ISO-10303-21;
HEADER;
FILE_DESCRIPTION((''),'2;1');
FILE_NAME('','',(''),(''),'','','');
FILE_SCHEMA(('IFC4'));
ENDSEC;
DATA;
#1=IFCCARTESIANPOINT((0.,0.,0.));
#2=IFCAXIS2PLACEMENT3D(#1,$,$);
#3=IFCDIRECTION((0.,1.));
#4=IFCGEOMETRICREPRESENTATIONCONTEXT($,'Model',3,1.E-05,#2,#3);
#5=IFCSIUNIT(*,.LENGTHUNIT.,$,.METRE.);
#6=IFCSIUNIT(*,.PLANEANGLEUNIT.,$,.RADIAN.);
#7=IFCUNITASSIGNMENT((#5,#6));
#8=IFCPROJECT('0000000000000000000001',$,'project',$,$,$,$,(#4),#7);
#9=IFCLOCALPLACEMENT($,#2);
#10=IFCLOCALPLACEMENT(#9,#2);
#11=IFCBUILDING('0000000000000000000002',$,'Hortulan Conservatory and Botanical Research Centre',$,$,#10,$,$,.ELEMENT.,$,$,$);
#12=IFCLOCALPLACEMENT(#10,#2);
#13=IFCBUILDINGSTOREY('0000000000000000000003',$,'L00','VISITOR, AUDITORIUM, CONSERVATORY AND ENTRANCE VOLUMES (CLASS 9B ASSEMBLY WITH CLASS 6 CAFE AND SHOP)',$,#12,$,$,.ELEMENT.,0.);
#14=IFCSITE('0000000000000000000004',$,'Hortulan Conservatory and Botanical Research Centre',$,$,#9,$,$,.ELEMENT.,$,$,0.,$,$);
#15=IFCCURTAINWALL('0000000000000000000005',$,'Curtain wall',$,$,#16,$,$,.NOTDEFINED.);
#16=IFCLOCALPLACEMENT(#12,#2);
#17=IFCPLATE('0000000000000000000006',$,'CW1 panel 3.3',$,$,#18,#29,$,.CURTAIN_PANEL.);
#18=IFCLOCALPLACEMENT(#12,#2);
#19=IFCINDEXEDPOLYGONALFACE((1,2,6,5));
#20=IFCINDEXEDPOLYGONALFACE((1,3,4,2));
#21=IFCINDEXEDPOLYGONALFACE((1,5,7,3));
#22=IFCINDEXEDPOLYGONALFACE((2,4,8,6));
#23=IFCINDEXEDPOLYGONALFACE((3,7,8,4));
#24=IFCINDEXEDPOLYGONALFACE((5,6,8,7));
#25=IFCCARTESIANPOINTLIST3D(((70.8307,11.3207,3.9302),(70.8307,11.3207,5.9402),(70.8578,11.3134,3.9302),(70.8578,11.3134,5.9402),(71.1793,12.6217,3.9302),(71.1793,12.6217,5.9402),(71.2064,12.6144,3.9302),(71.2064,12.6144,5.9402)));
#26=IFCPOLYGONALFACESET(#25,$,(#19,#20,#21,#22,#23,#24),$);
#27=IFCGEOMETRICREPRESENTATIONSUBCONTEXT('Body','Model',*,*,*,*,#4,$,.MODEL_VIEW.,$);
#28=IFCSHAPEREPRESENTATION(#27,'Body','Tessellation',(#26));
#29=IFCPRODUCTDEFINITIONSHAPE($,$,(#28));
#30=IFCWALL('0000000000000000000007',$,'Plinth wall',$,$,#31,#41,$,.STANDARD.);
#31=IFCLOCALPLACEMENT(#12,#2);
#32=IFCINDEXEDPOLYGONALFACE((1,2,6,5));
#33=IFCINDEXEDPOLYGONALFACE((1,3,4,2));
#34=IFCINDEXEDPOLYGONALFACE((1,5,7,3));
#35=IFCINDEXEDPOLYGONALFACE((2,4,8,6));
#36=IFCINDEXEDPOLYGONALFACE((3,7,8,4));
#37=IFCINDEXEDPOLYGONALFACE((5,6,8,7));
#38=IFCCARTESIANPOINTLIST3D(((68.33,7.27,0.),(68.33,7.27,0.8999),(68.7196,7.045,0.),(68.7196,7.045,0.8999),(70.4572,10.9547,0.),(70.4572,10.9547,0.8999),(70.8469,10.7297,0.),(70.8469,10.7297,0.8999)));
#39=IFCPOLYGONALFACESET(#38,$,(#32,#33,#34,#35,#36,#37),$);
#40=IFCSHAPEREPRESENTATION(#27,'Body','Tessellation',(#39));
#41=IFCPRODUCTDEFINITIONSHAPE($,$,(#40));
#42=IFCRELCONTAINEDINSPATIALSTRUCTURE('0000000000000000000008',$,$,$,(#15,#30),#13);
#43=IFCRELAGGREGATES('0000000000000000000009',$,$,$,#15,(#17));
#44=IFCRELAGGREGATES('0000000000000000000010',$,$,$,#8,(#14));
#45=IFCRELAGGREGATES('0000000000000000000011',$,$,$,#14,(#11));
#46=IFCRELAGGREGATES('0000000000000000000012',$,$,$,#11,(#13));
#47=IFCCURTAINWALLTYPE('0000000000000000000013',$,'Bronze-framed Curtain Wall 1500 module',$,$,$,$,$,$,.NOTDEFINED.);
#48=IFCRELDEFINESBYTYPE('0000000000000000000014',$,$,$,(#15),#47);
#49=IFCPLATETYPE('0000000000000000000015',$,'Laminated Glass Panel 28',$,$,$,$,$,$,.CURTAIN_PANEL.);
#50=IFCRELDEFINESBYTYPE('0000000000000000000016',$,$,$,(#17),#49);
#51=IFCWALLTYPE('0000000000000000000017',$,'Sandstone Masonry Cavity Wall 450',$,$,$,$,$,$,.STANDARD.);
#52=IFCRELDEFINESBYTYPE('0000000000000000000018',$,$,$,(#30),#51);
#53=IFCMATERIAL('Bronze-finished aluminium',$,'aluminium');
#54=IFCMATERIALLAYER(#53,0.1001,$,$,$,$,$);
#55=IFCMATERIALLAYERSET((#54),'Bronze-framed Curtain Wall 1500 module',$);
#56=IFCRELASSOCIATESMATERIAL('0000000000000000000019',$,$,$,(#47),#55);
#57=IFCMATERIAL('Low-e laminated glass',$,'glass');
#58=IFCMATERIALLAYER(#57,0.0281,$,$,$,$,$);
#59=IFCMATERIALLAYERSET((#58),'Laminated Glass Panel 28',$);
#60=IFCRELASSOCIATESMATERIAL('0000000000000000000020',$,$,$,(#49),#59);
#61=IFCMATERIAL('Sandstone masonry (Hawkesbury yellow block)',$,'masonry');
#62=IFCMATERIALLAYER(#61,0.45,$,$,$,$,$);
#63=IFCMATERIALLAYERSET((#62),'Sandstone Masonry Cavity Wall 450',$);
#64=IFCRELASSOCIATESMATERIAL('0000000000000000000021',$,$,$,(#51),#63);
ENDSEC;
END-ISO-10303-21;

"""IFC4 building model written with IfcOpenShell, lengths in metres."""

from ifc_helpers import new_model, si_unit, direction, frame, frame_2d, origin, origin_2d, place, context, subcontext, project, spatial, rectangle, extrude, material, layer, layer_set, type_object, element, aggregate, save


model = new_model("IFC4")

# Units and contexts
model_context = context("Model", 3, precision=1e-05, world=origin(), true_north=direction((0.0, 1.0)))
body_context = subcontext(model_context, "Body", "Model", "MODEL_VIEW")
ifc_project = project(units=[si_unit("LENGTHUNIT", "METRE"), si_unit("PLANEANGLEUNIT", "RADIAN")], contexts=[model_context])

# Site, building, storey
site_placement = place(None, origin())
site = spatial("IfcSite", under=ifc_project, at=site_placement, Name="Hortulan Conservatory and Botanical Research Centre", CompositionType="ELEMENT", RefElevation=0.0)
building_placement = place(site_placement, origin())
building = spatial("IfcBuilding", under=site, at=building_placement, Name="Hortulan Conservatory and Botanical Research Centre", CompositionType="ELEMENT")
storey_placement = place(building_placement, origin())
storey = spatial("IfcBuildingStorey", under=building, at=storey_placement, Name="L00", Description="VISITOR, AUDITORIUM, CONSERVATORY AND ENTRANCE VOLUMES (CLASS 9B ASSEMBLY WITH CLASS 6 CAFE AND SHOP)", CompositionType="ELEMENT", Elevation=0.0)

# Shared definitions
ifc_material_1 = material(Name="Bronze-finished aluminium", Category="aluminium")
ifc_layer_1 = layer(ifc_material_1, 0.1001)
ifc_layer_set_1 = layer_set([ifc_layer_1], Name="Bronze-framed Curtain Wall 1500 module")
curtain_wall_type = type_object("IfcCurtainWallType", Name="Bronze-framed Curtain Wall 1500 module", PredefinedType="NOTDEFINED", material=ifc_layer_set_1)

# Curtain wall
curtain_wall_1_placement = place(storey_placement, origin())
curtain_wall_1 = element("IfcCurtainWall", 1, at=curtain_wall_1_placement, inside=storey, type_object=curtain_wall_type, Name="Curtain wall", PredefinedType="NOTDEFINED")

# Plate
ifc_material_2 = material(Name="Low-e laminated glass", Category="glass")
ifc_layer_2 = layer(ifc_material_2, 0.0281)
ifc_layer_set_2 = layer_set([ifc_layer_2], Name="Laminated Glass Panel 28")
plate_type = type_object("IfcPlateType", Name="Laminated Glass Panel 28", PredefinedType="CURTAIN_PANEL", material=ifc_layer_set_2)
plate_1_placement = place(storey_placement, frame((71.0186, 11.9675, 3.9302), z_axis=(0.0, 0.0, 1.0), x_axis=(-0.258832, -0.965922, 0.0)))
plate_1 = element("IfcPlate", 2, at=plate_1_placement, type_object=plate_type, Name="CW1 panel 3.3", PredefinedType="CURTAIN_PANEL", context=body_context, shape_type="SweptSolid", body=[
    extrude(rectangle(XDim=1.3469, YDim=0.0281, at=origin_2d()), origin(), (0.0, 0.0, 1.0), 2.01),
])
aggregate(curtain_wall_1, [plate_1])

# Wall
ifc_material_3 = material(Name="Sandstone masonry (Hawkesbury yellow block)", Category="masonry")
ifc_layer_3 = layer(ifc_material_3, 0.45)
ifc_layer_set_3 = layer_set([ifc_layer_3], Name="Sandstone Masonry Cavity Wall 450")
wall_type = type_object("IfcWallType", Name="Sandstone Masonry Cavity Wall 450", PredefinedType="STANDARD", material=ifc_layer_set_3)
wall_placement = place(storey_placement, frame((70.6521, 10.8423, 0.0), z_axis=(0.0, 0.0, 1.0), x_axis=(-0.499984, -0.866035, 0.0)))
element("IfcWall", 3, at=wall_placement, inside=storey, type_object=wall_type, Name="Plinth wall", PredefinedType="STANDARD", context=body_context, shape_type="SweptSolid", body=[
    extrude(rectangle(XDim=4.2546, YDim=0.45, at=frame_2d((2.1274, 0.0))), origin(), (0.0, 0.0, 1.0), 0.8999),
])

save(model, "model.ifc")
